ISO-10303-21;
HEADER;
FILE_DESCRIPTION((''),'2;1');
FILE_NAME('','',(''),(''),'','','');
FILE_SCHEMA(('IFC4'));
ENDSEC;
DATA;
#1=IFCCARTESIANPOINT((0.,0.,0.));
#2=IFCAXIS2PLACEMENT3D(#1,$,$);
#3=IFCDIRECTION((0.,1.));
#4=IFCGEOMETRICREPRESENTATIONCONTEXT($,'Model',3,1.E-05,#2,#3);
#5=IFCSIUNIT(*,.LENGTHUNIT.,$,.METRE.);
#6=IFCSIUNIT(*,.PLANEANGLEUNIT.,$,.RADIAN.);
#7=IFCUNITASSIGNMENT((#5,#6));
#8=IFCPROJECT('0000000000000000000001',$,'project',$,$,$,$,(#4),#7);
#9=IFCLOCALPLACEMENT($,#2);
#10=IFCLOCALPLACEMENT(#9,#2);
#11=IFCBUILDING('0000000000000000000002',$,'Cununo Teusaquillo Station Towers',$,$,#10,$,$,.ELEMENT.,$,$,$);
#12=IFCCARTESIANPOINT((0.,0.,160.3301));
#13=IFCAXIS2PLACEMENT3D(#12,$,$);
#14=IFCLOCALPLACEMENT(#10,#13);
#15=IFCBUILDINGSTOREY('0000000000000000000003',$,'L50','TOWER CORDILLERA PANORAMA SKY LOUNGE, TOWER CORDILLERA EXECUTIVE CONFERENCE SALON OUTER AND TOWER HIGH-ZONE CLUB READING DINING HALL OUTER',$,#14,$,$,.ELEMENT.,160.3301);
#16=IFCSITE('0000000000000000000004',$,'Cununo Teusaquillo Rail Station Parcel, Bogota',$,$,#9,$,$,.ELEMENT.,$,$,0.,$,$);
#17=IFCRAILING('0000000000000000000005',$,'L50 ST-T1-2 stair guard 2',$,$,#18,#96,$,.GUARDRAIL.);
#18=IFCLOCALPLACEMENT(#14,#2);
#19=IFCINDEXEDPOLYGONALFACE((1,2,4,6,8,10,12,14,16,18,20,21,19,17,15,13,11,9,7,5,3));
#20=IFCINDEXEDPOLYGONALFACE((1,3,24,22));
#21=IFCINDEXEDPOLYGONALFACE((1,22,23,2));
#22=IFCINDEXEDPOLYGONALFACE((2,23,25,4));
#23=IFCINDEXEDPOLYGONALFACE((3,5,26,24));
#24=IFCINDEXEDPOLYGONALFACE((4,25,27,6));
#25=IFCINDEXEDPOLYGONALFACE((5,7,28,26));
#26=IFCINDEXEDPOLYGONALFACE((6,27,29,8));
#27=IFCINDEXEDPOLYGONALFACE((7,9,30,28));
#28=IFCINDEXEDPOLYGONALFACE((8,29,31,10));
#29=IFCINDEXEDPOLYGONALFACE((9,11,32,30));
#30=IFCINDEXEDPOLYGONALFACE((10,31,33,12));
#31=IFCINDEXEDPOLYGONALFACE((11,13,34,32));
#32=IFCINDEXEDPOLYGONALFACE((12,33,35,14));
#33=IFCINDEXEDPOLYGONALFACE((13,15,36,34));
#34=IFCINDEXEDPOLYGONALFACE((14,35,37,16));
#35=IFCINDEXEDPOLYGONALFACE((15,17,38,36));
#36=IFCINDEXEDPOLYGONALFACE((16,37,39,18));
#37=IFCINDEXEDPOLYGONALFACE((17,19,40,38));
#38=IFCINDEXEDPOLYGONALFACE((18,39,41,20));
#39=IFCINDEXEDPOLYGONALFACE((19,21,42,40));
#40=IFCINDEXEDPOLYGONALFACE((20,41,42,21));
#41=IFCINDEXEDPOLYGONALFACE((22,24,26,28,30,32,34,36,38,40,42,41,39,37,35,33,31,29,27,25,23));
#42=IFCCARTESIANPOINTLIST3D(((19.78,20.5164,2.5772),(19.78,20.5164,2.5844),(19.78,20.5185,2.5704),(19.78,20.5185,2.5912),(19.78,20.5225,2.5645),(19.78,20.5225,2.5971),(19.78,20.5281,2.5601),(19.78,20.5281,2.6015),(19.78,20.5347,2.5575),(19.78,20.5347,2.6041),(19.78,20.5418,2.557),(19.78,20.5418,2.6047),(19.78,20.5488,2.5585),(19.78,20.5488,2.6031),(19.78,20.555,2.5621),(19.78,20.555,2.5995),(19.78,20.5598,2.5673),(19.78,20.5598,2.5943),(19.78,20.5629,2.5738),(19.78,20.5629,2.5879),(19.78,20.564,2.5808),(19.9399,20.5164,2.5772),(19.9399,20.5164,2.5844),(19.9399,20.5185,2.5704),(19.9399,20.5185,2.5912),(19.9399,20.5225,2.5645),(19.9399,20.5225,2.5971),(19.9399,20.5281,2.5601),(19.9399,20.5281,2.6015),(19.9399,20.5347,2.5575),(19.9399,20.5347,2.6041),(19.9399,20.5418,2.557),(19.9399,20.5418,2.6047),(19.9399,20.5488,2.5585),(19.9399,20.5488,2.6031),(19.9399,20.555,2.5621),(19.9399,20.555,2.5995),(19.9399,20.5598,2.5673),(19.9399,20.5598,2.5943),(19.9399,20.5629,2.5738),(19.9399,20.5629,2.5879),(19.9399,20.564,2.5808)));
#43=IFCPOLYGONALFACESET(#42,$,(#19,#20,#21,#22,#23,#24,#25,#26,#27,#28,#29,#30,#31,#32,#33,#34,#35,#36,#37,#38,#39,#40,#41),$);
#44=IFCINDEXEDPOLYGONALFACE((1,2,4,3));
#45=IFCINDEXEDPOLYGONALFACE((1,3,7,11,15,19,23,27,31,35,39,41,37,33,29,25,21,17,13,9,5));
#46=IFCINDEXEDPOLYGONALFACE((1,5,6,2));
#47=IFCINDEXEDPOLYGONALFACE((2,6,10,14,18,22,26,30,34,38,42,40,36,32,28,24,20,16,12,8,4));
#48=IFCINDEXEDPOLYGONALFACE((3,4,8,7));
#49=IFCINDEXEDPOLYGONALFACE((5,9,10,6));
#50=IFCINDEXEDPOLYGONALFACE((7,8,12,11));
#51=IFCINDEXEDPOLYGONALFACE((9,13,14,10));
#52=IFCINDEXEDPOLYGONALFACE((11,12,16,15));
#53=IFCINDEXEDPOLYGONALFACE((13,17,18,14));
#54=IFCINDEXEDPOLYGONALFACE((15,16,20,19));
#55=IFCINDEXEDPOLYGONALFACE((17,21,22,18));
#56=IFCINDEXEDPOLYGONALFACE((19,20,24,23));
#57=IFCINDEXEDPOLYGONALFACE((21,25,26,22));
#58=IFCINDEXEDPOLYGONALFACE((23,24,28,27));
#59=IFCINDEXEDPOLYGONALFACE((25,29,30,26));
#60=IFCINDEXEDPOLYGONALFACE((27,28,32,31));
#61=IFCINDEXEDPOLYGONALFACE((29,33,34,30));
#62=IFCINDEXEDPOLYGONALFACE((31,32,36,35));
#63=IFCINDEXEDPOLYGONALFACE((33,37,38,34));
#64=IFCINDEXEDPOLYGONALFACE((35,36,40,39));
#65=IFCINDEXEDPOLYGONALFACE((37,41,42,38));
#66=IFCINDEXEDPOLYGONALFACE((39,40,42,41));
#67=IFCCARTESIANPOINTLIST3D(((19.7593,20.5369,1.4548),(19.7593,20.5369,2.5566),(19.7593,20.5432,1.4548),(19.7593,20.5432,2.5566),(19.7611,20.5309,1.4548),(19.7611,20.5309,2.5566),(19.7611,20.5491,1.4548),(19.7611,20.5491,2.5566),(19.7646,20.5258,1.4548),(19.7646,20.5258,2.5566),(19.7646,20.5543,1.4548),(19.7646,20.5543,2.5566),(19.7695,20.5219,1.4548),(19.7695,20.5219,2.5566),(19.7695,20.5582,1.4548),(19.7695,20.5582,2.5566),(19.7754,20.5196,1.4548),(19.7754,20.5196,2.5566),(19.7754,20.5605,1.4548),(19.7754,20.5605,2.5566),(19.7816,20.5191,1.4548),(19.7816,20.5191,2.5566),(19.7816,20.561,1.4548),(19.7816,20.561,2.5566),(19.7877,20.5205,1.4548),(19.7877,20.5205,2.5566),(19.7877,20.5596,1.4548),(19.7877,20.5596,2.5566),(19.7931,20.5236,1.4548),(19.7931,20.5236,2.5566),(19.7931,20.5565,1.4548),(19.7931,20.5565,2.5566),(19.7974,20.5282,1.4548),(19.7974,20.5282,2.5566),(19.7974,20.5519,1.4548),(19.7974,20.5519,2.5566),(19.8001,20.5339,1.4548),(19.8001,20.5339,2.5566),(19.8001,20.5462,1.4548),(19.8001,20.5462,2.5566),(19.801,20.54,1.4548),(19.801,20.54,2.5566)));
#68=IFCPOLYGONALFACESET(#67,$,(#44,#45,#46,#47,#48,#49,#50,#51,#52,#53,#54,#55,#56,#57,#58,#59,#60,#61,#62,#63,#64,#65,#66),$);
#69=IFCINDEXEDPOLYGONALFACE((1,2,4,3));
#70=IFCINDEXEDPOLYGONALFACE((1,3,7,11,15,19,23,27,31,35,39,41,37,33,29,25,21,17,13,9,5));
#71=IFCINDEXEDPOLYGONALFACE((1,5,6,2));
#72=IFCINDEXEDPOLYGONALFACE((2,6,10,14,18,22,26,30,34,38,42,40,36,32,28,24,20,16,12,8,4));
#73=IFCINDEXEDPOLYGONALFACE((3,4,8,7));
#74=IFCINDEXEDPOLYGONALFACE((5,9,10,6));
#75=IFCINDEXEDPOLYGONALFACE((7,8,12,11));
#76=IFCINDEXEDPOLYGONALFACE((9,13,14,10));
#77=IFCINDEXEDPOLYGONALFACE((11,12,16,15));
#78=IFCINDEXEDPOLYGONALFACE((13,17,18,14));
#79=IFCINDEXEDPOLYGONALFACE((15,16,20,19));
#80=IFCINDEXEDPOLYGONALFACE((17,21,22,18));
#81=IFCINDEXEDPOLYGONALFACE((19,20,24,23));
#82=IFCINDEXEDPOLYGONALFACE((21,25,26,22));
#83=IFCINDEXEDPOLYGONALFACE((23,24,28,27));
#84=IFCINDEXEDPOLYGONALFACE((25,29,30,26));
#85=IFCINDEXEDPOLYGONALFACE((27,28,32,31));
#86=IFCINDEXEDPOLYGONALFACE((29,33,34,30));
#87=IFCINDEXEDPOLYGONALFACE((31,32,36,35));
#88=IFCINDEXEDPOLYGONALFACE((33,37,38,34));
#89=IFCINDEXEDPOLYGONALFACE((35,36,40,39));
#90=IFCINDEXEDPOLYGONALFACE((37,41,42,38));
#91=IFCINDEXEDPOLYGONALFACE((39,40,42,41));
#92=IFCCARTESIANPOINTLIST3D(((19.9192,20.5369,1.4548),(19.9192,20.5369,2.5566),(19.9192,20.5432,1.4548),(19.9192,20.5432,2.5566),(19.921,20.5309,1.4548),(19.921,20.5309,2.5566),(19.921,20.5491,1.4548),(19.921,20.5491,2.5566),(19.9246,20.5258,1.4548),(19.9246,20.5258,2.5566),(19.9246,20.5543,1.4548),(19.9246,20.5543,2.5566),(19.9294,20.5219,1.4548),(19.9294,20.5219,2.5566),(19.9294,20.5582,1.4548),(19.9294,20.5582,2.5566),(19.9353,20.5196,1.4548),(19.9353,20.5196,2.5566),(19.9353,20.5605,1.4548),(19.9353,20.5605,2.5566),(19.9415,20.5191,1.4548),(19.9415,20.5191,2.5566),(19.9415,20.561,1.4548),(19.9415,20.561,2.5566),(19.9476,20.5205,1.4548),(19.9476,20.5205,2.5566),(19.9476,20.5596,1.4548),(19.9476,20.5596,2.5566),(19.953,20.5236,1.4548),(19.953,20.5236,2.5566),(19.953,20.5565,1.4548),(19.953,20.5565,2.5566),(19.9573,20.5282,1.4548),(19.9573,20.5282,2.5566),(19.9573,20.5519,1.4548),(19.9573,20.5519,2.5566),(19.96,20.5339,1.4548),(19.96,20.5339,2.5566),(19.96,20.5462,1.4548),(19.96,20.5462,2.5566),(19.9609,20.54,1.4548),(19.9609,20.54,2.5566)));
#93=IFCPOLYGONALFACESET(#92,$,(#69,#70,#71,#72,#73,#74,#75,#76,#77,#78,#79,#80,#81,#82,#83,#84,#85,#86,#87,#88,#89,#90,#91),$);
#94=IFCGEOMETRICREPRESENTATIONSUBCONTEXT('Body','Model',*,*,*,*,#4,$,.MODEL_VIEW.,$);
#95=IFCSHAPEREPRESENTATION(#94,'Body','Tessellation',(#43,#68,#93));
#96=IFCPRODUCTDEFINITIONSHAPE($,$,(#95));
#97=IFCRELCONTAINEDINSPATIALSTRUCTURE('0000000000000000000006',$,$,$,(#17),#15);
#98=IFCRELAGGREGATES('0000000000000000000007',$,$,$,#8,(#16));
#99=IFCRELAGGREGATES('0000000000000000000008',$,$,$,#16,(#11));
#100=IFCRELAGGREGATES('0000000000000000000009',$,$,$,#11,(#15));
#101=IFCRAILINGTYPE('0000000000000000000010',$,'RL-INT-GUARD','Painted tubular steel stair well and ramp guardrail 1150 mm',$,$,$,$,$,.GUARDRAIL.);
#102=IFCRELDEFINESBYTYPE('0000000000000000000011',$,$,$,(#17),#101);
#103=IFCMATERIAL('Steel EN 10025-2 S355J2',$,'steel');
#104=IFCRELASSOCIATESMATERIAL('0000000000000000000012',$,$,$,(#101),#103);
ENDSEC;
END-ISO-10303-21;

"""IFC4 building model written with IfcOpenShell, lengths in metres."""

from ifc_helpers import new_model, si_unit, direction, frame, origin, origin_2d, place, context, subcontext, project, spatial, circle, extrude, material, type_object, element, save


model = new_model("IFC4")

# Units and contexts
model_context = context("Model", 3, precision=1e-05, world=origin(), true_north=direction((0.0, 1.0)))
body_context = subcontext(model_context, "Body", "Model", "MODEL_VIEW")
ifc_project = project(units=[si_unit("LENGTHUNIT", "METRE"), si_unit("PLANEANGLEUNIT", "RADIAN")], contexts=[model_context])

# Site, building, storey
site_placement = place(None, origin())
site = spatial("IfcSite", under=ifc_project, at=site_placement, Name="Cununo Teusaquillo Rail Station Parcel, Bogota", CompositionType="ELEMENT", RefElevation=0.0)
building_placement = place(site_placement, origin())
building = spatial("IfcBuilding", under=site, at=building_placement, Name="Cununo Teusaquillo Station Towers", CompositionType="ELEMENT")
storey_placement = place(building_placement, frame((0.0, 0.0, 160.3301)))
storey = spatial("IfcBuildingStorey", under=building, at=storey_placement, Name="L50", Description="TOWER CORDILLERA PANORAMA SKY LOUNGE, TOWER CORDILLERA EXECUTIVE CONFERENCE SALON OUTER AND TOWER HIGH-ZONE CLUB READING DINING HALL OUTER", CompositionType="ELEMENT", Elevation=160.3301)

# Railing
ifc_material_1 = material(Name="Steel EN 10025-2 S355J2", Category="steel")
railing_type_1 = type_object("IfcRailingType", Name="RL-INT-GUARD", Description="Painted tubular steel stair well and ramp guardrail 1150 mm", PredefinedType="GUARDRAIL", material=ifc_material_1)
railing_1_placement = place(storey_placement, frame((19.78, 20.54, 1.4548)))
element("IfcRailing", 1, at=railing_1_placement, inside=storey, type_object=railing_type_1, Name="L50 ST-T1-2 stair guard 2", PredefinedType="GUARDRAIL", context=body_context, shape_type="SweptSolid", body=[
    extrude(circle(Radius=0.0239, at=origin_2d()), frame((0.0, 0.0, 1.126), z_axis=(1.0, 0.0, 0.0), x_axis=(0.0, 1.0, 0.0)), (0.0, 0.0, 1.0), 0.1599),
    extrude(circle(Radius=0.021, at=origin_2d()), origin(), (0.0, 0.0, 1.0), 1.1018),
    extrude(circle(Radius=0.021, at=origin_2d()), frame((0.1599, 0.0, 0.0)), (0.0, 0.0, 1.0), 1.1018),
])

save(model, "model.ifc")
